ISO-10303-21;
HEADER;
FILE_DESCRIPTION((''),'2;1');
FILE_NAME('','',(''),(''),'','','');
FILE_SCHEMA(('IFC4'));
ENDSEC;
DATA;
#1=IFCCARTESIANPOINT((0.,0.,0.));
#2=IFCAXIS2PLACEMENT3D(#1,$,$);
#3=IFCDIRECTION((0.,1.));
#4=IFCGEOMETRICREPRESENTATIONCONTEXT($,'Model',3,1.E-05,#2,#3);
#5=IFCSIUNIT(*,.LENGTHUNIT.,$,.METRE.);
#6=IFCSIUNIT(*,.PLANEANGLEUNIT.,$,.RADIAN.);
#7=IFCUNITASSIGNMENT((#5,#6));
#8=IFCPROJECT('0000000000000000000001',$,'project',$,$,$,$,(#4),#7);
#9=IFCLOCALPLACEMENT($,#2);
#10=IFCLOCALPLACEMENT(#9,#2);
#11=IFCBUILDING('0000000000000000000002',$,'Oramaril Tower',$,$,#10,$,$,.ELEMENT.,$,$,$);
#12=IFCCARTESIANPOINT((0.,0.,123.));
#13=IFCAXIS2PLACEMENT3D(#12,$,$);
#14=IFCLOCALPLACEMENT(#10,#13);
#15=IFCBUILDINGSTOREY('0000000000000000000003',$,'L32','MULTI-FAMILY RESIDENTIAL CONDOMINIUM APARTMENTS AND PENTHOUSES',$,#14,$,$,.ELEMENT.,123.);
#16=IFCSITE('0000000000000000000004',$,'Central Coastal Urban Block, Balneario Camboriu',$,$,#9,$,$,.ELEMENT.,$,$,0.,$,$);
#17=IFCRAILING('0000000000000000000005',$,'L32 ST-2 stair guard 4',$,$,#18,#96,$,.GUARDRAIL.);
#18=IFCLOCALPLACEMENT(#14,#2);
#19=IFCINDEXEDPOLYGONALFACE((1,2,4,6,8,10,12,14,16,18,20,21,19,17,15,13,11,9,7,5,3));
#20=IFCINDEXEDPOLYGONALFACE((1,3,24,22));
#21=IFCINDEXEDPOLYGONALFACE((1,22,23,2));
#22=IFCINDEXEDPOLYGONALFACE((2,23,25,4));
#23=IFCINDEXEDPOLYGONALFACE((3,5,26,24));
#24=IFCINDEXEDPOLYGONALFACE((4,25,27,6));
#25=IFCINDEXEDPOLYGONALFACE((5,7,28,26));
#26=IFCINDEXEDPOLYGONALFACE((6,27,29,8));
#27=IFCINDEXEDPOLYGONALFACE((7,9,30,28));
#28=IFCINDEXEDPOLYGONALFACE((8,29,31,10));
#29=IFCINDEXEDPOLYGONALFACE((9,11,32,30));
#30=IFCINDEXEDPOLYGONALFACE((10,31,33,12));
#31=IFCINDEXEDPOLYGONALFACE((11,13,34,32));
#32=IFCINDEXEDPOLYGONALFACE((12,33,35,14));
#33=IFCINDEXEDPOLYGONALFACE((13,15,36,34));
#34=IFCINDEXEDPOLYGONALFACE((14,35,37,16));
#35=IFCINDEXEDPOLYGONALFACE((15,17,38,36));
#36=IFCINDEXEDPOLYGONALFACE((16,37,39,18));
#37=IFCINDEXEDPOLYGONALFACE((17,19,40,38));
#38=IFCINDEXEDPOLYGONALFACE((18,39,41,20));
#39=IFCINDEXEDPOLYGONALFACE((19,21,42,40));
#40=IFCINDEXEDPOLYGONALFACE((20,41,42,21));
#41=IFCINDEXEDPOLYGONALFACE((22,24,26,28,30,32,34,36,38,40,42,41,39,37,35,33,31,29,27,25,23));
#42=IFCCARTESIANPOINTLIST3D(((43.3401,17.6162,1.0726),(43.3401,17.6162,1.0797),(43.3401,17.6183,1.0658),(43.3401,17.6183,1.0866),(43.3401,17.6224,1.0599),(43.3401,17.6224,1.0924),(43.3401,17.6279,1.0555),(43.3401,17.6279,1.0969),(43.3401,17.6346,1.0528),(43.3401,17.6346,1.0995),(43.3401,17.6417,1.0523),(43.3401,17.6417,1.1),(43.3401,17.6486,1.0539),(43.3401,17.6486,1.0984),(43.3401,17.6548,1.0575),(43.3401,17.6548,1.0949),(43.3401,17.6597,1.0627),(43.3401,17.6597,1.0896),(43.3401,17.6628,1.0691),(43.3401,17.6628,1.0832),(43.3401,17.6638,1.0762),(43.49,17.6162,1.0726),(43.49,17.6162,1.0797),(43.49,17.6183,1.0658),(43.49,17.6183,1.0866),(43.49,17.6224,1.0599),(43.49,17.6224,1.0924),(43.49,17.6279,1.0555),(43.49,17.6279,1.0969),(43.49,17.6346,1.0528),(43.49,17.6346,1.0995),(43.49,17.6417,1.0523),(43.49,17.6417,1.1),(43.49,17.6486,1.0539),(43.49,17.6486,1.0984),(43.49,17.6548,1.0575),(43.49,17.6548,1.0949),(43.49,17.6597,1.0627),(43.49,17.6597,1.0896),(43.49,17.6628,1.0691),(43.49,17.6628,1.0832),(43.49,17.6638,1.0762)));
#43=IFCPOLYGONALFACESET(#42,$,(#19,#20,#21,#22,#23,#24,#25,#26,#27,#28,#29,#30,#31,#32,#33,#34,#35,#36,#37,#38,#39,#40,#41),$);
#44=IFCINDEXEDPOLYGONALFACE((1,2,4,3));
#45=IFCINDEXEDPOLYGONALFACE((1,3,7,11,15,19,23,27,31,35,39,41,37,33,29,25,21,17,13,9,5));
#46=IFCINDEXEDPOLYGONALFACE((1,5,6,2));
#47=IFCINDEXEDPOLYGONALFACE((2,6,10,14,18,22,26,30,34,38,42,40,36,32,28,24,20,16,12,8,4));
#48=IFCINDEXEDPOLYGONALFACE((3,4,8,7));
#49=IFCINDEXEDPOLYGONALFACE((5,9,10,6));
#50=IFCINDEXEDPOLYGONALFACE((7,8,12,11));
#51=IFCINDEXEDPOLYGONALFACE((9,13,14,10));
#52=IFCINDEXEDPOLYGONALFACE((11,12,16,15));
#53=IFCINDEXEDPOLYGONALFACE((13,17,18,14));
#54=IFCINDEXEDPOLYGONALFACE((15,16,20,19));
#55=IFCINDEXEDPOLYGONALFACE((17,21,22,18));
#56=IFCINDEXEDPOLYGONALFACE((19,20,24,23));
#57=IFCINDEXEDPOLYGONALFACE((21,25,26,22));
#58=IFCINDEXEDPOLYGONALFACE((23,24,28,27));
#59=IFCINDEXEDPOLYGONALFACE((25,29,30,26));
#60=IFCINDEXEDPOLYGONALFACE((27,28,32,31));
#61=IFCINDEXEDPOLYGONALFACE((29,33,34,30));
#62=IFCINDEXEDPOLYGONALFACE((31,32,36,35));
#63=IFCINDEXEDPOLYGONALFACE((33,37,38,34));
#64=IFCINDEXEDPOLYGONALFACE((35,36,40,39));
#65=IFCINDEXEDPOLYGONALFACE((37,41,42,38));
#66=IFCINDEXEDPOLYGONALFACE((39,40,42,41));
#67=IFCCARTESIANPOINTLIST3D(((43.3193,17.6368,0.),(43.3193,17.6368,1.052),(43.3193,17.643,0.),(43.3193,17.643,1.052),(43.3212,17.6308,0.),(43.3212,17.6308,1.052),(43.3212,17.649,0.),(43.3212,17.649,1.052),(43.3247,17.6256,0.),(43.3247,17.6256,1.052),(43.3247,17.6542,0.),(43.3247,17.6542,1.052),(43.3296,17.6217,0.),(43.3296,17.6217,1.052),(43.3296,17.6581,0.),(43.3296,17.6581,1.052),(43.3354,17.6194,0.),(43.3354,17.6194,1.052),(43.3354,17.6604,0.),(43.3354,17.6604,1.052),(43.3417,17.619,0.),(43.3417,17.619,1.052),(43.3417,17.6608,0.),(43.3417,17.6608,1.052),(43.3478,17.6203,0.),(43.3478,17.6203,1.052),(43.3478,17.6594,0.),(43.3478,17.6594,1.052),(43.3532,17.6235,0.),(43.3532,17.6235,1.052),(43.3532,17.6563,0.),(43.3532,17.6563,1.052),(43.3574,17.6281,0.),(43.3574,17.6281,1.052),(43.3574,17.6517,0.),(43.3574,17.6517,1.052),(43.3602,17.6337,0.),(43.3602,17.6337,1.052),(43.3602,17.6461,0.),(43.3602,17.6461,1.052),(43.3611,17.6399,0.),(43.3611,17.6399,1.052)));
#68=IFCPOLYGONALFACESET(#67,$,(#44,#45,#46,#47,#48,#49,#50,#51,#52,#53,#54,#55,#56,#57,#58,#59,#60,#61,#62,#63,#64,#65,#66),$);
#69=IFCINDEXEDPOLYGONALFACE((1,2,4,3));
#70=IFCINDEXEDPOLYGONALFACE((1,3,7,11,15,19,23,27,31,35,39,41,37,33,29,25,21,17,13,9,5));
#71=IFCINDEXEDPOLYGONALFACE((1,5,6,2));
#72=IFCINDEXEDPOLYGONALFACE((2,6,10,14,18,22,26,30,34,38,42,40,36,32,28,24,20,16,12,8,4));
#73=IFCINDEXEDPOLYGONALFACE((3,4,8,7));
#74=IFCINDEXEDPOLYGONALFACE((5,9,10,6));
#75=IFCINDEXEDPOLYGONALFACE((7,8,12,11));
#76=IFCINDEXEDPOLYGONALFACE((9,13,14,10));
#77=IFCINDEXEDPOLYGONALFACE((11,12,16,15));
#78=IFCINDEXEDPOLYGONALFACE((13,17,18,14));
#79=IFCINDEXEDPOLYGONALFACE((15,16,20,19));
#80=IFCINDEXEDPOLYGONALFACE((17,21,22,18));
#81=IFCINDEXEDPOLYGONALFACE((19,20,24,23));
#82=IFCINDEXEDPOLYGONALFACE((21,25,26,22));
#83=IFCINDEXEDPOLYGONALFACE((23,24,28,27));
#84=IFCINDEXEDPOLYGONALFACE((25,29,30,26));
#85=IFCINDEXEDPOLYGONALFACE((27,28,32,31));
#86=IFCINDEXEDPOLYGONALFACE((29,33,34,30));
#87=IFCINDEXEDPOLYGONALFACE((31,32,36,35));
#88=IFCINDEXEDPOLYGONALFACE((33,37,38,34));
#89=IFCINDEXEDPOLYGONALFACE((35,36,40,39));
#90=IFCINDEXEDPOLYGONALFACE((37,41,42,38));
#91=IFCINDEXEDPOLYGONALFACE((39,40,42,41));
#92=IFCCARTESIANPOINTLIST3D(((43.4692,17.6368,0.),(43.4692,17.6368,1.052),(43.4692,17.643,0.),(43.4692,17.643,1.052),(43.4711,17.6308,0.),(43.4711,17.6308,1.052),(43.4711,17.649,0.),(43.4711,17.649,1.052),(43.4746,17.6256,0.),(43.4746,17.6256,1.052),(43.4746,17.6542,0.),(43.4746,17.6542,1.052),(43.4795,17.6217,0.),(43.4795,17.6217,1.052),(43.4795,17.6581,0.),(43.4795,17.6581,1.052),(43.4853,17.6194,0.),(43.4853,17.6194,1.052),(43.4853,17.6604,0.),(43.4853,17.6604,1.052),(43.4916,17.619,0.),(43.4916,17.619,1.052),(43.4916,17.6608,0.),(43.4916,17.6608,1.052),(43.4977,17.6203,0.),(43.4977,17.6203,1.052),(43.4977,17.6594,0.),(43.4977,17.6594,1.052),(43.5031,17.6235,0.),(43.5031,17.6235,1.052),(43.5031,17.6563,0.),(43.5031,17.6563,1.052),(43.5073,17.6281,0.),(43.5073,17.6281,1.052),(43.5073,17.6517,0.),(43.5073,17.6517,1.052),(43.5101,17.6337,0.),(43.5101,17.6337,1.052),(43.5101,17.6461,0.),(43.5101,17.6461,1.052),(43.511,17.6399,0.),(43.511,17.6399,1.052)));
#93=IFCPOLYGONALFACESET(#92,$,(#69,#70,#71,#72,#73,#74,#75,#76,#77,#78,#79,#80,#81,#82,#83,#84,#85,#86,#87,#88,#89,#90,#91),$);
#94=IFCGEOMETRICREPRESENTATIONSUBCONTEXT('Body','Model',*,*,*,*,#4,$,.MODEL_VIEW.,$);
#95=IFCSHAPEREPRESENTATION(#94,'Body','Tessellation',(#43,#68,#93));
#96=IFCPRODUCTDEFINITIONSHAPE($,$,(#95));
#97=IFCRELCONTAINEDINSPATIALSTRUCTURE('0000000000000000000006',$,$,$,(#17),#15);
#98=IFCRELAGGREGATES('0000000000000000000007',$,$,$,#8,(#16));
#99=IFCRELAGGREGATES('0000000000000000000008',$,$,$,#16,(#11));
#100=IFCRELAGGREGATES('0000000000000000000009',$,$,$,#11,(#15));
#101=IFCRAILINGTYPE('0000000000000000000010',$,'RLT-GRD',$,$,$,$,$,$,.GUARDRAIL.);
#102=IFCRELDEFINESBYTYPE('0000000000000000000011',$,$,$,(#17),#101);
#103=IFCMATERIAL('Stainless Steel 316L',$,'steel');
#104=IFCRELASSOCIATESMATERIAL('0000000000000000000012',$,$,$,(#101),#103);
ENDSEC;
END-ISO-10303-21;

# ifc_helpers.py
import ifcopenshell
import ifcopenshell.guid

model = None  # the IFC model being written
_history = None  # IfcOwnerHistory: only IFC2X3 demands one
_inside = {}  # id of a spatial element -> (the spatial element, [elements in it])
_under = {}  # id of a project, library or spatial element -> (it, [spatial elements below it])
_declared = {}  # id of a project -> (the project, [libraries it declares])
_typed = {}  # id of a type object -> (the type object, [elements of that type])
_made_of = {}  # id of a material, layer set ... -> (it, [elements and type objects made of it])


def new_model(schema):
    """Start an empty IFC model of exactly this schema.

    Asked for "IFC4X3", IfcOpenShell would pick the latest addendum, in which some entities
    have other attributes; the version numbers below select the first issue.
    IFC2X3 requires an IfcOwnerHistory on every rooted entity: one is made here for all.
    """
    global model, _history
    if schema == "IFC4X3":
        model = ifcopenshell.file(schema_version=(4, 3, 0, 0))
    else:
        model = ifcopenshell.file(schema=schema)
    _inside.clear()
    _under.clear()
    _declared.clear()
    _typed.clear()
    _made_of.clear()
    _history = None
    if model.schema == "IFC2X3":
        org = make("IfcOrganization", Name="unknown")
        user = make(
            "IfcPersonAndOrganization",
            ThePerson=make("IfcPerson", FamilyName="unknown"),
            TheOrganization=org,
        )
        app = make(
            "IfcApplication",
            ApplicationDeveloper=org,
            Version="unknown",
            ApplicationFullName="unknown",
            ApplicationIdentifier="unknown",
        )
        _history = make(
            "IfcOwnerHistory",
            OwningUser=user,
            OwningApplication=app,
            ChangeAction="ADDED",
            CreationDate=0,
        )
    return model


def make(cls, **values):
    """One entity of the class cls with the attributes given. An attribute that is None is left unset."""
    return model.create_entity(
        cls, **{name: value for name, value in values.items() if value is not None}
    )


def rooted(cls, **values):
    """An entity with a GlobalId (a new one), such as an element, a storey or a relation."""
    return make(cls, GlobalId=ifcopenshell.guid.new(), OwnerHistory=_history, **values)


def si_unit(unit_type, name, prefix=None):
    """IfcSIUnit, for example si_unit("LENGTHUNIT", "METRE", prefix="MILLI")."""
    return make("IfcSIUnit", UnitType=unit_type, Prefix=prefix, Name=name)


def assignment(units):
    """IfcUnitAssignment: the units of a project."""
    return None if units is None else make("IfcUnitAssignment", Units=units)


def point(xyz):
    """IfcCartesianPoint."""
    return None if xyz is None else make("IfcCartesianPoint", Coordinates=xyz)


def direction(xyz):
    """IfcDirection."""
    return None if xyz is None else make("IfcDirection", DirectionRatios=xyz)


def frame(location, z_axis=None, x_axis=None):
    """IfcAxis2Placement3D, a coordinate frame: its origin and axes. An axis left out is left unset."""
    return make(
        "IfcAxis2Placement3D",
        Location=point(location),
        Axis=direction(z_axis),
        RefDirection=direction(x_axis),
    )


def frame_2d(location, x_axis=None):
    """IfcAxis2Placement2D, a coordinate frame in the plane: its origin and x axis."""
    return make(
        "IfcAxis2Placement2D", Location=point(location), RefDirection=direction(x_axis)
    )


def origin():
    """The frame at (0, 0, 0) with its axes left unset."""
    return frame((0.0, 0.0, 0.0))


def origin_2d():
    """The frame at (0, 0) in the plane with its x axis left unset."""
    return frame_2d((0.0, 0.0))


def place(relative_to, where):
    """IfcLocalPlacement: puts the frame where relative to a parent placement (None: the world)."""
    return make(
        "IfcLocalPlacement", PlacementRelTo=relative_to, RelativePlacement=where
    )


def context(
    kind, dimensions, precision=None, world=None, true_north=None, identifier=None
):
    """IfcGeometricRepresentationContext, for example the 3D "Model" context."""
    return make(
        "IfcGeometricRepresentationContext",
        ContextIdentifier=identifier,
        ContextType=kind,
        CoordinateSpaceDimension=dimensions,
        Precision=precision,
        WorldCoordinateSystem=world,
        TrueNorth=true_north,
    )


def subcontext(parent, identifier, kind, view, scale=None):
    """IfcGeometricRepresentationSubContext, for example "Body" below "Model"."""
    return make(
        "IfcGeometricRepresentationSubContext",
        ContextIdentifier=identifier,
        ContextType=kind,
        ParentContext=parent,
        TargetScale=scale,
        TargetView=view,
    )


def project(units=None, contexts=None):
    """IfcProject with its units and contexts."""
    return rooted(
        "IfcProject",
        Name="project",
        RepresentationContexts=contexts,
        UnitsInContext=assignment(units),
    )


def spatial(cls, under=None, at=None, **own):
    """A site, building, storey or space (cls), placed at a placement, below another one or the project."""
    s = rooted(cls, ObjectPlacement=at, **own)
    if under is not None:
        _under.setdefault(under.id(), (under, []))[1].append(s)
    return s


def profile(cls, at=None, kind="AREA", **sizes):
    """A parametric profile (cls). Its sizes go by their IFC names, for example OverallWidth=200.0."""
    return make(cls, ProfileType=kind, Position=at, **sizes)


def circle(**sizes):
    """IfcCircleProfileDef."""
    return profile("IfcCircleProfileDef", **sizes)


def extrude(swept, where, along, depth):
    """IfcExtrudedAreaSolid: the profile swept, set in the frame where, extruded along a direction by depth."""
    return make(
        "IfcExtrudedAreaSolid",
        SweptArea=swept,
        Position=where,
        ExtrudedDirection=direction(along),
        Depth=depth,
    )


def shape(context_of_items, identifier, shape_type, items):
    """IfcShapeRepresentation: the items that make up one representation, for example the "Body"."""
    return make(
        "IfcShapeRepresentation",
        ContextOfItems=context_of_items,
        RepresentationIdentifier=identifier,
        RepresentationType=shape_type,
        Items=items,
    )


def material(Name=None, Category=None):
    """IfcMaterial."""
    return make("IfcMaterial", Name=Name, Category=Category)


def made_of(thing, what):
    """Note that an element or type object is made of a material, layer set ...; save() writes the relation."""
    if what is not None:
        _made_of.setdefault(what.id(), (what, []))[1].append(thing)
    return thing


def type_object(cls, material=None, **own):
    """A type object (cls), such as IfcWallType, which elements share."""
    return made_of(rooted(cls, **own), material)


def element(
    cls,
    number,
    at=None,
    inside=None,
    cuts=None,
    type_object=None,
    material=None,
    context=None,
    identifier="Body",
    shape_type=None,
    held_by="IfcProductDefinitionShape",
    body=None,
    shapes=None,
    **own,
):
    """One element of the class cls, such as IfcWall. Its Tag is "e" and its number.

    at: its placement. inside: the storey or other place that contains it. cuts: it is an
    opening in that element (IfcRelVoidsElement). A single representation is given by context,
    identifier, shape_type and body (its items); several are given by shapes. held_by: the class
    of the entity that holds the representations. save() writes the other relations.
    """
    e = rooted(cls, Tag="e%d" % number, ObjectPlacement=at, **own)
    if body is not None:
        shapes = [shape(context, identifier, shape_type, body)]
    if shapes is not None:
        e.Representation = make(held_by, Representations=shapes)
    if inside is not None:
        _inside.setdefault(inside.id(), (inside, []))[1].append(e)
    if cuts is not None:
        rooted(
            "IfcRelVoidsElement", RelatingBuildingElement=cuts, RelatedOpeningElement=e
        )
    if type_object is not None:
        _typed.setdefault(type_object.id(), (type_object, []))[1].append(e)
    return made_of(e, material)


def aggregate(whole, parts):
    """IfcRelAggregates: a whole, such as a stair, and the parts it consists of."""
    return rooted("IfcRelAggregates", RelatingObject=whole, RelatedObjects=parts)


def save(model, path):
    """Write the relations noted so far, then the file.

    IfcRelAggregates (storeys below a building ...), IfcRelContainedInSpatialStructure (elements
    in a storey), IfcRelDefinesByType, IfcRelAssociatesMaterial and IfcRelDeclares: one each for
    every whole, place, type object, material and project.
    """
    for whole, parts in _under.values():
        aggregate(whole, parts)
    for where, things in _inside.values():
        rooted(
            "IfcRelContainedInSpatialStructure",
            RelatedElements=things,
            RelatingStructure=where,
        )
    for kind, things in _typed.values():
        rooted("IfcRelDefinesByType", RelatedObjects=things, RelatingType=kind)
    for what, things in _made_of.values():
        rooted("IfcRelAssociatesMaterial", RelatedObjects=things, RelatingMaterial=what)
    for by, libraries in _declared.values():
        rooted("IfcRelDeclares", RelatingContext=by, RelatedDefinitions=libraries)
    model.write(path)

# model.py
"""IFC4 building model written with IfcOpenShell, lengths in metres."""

from ifc_helpers import new_model, si_unit, direction, frame, origin, origin_2d, place, context, subcontext, project, spatial, circle, extrude, material, type_object, element, save


model = new_model("IFC4")

# Units and contexts
model_context = context("Model", 3, precision=1e-05, world=origin(), true_north=direction((0.0, 1.0)))
body_context = subcontext(model_context, "Body", "Model", "MODEL_VIEW")
ifc_project = project(units=[si_unit("LENGTHUNIT", "METRE"), si_unit("PLANEANGLEUNIT", "RADIAN")], contexts=[model_context])

# Site, building, storey
site_placement = place(None, origin())
site = spatial("IfcSite", under=ifc_project, at=site_placement, Name="Central Coastal Urban Block, Balneario Camboriu", CompositionType="ELEMENT", RefElevation=0.0)
building_placement = place(site_placement, origin())
building = spatial("IfcBuilding", under=site, at=building_placement, Name="Oramaril Tower", CompositionType="ELEMENT")
storey_placement = place(building_placement, frame((0.0, 0.0, 123.0)))
storey = spatial("IfcBuildingStorey", under=building, at=storey_placement, Name="L32", Description="MULTI-FAMILY RESIDENTIAL CONDOMINIUM APARTMENTS AND PENTHOUSES", CompositionType="ELEMENT", Elevation=123.0)

# Railing
ifc_material_1 = material(Name="Stainless Steel 316L", Category="steel")
railing_type_1 = type_object("IfcRailingType", Name="RLT-GRD", PredefinedType="GUARDRAIL", material=ifc_material_1)
railing_1_placement = place(storey_placement, frame((43.3401, 17.6399, 0.0)))
element("IfcRailing", 1, at=railing_1_placement, inside=storey, type_object=railing_type_1, Name="L32 ST-2 stair guard 4", PredefinedType="GUARDRAIL", context=body_context, shape_type="SweptSolid", body=[
    extrude(circle(Radius=0.0239, at=origin_2d()), frame((0.0, 0.0, 1.0762), z_axis=(1.0, 0.0, 0.0), x_axis=(0.0, 1.0, 0.0)), (0.0, 0.0, 1.0), 0.1499),
    extrude(circle(Radius=0.021, at=origin_2d()), origin(), (0.0, 0.0, 1.0), 1.052),
    extrude(circle(Radius=0.021, at=origin_2d()), frame((0.1499, 0.0, 0.0)), (0.0, 0.0, 1.0), 1.052),
])

save(model, "model.ifc")
